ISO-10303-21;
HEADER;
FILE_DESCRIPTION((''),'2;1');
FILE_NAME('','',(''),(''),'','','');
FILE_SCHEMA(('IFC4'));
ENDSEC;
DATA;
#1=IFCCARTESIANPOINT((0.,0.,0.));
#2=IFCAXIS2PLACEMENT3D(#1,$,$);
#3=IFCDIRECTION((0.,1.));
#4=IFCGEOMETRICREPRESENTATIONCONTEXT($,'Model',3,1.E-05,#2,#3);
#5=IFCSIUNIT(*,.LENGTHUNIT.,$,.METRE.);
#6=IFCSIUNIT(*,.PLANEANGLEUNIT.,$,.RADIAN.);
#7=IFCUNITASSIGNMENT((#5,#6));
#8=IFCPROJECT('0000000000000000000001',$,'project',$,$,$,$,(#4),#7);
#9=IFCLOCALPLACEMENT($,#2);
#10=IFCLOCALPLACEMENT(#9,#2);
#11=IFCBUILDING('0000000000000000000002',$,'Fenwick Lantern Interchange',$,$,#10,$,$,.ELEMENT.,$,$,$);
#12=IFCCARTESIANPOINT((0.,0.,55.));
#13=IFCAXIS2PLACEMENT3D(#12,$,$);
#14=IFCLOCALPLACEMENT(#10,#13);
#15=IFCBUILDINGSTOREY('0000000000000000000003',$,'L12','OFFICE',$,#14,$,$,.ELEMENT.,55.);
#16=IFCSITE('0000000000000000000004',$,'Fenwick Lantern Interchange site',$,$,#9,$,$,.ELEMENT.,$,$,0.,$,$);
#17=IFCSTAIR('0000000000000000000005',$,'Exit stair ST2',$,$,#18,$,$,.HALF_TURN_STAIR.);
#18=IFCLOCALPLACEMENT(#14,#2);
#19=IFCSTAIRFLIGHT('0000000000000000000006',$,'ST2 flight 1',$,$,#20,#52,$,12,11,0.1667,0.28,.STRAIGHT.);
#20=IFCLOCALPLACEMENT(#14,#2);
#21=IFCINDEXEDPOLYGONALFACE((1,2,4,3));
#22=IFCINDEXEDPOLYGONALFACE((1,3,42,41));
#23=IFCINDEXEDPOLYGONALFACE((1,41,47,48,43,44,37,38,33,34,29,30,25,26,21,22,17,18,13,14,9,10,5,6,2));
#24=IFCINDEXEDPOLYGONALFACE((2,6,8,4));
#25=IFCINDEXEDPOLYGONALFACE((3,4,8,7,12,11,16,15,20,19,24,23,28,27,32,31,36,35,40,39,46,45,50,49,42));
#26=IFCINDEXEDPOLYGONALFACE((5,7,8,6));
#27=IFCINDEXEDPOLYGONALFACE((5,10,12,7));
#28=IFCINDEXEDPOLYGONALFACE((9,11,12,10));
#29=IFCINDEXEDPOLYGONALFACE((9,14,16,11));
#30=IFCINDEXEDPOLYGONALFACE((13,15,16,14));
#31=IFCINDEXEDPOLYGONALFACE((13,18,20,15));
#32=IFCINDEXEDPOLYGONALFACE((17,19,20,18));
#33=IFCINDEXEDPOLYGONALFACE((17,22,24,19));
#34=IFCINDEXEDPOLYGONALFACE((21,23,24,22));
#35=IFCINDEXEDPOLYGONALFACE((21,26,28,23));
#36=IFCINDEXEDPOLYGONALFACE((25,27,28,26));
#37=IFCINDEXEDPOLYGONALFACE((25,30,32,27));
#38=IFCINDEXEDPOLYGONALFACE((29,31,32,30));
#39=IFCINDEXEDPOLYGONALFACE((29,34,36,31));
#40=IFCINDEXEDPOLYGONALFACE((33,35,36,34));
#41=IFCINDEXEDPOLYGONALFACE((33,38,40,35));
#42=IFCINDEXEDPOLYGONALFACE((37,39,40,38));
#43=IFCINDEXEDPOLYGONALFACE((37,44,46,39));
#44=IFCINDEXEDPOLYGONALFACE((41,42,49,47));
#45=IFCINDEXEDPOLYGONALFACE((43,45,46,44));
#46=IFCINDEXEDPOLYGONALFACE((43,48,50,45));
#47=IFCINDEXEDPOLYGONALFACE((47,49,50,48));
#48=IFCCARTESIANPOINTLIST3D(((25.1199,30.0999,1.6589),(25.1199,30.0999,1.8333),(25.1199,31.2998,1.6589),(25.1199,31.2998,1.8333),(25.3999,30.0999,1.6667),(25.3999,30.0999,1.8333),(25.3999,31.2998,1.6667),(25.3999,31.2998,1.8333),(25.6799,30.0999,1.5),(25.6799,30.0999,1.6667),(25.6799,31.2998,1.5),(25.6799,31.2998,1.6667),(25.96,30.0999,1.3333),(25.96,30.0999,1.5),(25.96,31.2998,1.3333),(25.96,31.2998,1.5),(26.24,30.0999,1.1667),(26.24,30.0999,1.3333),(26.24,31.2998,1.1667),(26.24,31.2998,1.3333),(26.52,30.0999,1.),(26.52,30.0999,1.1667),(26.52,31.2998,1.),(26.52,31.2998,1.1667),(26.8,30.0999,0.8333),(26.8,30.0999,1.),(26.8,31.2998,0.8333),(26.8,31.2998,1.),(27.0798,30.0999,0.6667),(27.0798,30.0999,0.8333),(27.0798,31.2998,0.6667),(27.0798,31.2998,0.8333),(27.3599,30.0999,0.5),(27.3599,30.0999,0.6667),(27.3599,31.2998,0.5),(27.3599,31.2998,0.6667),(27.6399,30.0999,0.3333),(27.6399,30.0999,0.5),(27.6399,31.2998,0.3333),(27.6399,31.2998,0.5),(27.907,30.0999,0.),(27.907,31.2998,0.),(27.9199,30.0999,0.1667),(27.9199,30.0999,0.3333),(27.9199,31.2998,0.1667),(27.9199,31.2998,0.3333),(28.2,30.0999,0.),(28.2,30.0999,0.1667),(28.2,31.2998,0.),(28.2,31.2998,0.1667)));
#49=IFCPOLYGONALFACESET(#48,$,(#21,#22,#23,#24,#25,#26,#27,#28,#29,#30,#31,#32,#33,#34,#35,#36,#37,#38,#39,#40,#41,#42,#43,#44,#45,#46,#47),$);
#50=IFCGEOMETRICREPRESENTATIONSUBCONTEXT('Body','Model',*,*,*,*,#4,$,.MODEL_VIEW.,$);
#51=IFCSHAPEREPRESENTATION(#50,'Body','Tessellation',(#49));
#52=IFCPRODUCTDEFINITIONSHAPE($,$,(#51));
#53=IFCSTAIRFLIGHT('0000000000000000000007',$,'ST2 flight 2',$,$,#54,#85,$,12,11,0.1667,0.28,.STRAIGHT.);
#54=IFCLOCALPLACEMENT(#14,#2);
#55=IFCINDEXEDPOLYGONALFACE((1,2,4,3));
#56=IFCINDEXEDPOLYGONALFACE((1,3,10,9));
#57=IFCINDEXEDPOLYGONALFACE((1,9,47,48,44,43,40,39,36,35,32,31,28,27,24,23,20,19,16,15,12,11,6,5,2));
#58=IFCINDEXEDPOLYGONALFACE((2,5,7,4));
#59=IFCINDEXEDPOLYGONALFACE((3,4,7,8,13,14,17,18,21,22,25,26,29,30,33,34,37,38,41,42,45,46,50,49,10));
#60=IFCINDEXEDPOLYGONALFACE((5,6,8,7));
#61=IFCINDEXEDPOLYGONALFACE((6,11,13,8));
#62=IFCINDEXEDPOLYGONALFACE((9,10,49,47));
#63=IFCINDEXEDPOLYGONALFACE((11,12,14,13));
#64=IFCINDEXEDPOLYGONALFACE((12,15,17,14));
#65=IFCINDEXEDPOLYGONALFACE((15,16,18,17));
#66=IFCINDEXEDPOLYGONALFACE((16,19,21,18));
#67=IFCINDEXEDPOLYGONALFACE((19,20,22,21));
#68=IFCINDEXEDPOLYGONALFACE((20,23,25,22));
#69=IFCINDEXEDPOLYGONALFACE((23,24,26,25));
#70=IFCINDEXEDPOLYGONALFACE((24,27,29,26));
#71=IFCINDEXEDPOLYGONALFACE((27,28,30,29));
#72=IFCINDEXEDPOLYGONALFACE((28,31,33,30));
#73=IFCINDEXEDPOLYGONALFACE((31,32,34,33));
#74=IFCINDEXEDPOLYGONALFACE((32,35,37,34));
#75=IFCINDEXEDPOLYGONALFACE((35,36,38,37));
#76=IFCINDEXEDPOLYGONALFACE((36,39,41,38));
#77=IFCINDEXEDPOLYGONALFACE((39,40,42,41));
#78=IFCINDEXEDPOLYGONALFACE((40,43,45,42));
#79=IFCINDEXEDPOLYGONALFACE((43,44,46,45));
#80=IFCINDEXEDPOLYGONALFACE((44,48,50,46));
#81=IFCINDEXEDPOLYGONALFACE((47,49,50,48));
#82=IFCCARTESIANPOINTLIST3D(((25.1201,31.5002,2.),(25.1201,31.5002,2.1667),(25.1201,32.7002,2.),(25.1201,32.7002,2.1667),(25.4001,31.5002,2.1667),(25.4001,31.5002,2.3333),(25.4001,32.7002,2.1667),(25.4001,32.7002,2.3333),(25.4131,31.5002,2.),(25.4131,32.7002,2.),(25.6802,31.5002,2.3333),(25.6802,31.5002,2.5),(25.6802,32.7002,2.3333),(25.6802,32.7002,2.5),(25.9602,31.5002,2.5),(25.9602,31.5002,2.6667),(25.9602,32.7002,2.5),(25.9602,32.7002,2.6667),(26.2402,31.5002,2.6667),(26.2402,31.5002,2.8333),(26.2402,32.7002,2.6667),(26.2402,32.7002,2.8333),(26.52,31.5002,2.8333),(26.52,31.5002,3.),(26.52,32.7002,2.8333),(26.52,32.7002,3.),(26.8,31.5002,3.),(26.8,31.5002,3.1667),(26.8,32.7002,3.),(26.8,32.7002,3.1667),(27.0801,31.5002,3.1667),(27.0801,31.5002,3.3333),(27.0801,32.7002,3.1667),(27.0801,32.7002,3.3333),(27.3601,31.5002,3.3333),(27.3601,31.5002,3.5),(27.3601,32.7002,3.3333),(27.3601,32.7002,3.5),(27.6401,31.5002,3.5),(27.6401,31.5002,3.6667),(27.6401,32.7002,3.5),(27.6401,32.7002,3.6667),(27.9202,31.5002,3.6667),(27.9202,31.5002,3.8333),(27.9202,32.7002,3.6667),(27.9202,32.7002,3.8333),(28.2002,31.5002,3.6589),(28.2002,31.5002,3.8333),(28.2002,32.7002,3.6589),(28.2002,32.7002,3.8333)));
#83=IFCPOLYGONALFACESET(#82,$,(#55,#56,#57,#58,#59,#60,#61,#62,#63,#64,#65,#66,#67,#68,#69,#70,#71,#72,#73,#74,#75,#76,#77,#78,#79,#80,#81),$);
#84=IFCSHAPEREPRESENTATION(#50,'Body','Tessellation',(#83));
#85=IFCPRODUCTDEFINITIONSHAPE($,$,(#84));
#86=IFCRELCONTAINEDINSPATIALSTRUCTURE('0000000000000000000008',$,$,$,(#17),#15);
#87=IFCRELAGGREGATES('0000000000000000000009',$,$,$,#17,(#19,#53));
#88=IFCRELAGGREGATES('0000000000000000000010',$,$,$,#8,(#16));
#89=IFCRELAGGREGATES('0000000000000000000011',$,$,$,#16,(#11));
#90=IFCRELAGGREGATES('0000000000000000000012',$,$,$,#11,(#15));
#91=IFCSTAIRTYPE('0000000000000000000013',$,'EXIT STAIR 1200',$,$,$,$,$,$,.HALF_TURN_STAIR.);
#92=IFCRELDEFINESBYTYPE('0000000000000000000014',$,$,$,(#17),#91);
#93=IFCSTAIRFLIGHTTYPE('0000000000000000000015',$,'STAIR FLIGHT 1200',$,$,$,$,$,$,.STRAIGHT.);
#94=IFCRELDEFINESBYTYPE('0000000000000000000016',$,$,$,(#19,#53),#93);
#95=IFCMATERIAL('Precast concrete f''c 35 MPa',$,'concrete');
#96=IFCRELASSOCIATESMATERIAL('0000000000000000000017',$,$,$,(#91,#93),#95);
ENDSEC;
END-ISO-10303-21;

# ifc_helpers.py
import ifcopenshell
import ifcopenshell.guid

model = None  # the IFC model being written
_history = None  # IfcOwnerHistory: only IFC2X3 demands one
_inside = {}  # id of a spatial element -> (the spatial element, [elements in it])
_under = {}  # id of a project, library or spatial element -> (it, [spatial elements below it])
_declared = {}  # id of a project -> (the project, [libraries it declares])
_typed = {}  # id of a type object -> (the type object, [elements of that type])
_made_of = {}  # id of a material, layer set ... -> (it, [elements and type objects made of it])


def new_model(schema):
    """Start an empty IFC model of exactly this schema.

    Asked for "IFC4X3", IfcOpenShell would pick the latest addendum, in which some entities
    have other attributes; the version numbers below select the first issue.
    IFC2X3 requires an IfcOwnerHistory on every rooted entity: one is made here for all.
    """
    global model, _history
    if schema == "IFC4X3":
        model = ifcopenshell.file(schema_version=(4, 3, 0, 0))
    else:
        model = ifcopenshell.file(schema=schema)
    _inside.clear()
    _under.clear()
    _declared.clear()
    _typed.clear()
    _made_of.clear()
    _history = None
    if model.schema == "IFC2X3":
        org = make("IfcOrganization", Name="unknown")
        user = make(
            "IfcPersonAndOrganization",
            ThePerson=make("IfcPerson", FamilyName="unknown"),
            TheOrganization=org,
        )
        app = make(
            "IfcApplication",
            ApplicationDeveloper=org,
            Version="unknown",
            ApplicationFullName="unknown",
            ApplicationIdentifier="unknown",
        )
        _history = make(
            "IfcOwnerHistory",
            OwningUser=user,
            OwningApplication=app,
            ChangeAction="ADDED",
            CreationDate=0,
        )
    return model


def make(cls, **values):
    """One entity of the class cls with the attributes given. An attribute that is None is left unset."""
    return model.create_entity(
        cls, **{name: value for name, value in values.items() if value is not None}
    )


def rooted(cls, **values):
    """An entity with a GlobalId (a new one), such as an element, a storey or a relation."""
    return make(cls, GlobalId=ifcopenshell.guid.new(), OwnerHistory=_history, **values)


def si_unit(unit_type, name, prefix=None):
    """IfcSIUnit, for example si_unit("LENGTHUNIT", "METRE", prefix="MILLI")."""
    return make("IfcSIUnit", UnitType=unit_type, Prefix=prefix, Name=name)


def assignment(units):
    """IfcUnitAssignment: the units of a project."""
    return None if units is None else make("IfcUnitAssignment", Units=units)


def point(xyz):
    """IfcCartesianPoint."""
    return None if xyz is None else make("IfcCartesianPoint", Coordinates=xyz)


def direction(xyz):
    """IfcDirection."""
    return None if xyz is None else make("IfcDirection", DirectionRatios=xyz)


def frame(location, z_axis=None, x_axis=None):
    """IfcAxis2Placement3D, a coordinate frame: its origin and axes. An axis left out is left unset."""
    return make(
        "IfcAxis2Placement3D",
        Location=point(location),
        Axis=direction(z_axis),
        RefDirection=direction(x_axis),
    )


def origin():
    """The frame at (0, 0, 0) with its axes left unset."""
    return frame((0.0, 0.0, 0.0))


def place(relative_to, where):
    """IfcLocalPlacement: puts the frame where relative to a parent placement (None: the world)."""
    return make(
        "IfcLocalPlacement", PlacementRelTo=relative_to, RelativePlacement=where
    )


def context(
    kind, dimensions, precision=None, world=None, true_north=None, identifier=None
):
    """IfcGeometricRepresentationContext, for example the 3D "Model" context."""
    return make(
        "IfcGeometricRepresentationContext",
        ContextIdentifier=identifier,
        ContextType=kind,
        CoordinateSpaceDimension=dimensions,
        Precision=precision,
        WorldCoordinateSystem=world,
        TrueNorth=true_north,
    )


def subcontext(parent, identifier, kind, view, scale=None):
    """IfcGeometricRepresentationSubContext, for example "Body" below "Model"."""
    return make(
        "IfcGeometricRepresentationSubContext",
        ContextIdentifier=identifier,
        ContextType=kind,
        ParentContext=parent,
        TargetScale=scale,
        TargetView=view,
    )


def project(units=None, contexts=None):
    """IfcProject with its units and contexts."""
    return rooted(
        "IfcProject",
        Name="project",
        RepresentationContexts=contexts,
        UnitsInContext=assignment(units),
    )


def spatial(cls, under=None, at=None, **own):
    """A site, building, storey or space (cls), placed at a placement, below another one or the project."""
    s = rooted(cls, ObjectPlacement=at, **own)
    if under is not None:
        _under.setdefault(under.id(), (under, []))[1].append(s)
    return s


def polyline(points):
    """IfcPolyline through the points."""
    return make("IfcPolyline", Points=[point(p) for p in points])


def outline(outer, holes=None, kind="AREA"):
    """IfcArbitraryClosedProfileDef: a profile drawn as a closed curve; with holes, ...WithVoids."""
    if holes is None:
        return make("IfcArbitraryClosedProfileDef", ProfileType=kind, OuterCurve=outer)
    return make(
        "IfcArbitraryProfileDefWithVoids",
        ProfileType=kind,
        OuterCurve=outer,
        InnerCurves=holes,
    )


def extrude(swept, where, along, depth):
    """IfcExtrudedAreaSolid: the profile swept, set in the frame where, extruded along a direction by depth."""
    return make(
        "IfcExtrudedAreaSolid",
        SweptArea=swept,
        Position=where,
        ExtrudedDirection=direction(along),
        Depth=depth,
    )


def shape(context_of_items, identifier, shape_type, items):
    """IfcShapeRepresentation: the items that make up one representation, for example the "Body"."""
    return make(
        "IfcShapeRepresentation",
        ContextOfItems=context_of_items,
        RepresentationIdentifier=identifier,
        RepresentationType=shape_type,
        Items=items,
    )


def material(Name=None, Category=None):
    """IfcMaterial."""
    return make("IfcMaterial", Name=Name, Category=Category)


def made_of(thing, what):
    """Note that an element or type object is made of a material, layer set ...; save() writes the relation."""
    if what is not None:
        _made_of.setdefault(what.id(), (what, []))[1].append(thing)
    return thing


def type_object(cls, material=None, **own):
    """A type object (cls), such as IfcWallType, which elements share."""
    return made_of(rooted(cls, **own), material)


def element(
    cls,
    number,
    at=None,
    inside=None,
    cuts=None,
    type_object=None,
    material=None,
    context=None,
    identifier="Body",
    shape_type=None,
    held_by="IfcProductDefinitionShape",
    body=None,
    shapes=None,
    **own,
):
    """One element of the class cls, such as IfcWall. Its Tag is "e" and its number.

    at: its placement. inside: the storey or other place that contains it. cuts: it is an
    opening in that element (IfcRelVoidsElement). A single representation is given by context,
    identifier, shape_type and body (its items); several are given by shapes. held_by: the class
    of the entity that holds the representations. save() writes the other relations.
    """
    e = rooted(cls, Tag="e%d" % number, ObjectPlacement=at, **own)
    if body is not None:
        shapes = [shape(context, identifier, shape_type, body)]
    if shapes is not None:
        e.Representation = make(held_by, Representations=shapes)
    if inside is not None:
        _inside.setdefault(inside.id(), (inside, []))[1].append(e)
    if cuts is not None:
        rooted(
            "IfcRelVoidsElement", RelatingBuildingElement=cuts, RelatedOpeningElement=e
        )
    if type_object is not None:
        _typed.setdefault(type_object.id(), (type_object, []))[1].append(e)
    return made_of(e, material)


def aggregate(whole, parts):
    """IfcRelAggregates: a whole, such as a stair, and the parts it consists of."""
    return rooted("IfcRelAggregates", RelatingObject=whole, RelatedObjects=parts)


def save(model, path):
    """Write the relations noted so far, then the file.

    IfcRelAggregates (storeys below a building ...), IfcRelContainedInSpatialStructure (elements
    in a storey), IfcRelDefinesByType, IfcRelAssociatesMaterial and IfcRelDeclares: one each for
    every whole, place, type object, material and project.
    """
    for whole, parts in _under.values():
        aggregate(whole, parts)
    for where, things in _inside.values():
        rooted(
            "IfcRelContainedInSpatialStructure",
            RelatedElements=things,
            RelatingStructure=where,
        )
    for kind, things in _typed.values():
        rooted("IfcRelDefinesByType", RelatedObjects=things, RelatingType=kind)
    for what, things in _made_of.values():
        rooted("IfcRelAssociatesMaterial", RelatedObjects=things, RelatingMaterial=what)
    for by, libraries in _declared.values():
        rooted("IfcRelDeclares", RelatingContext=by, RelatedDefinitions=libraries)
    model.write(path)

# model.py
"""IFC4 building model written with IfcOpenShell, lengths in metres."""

from ifc_helpers import new_model, si_unit, direction, frame, origin, place, context, subcontext, project, spatial, polyline, outline, extrude, material, type_object, element, aggregate, save


model = new_model("IFC4")

# Units and contexts
model_context = context("Model", 3, precision=1e-05, world=origin(), true_north=direction((0.0, 1.0)))
body_context = subcontext(model_context, "Body", "Model", "MODEL_VIEW")
ifc_project = project(units=[si_unit("LENGTHUNIT", "METRE"), si_unit("PLANEANGLEUNIT", "RADIAN")], contexts=[model_context])

# Site, building, storey
site_placement = place(None, origin())
site = spatial("IfcSite", under=ifc_project, at=site_placement, Name="Fenwick Lantern Interchange site", CompositionType="ELEMENT", RefElevation=0.0)
building_placement = place(site_placement, origin())
building = spatial("IfcBuilding", under=site, at=building_placement, Name="Fenwick Lantern Interchange", CompositionType="ELEMENT")
storey_placement = place(building_placement, frame((0.0, 0.0, 55.0)))
storey = spatial("IfcBuildingStorey", under=building, at=storey_placement, Name="L12", Description="OFFICE", CompositionType="ELEMENT", Elevation=55.0)

# Stair, stair flights
ifc_material_1 = material(Name="Precast concrete f'c 35 MPa", Category="concrete")
stair_type = type_object("IfcStairType", Name="EXIT STAIR 1200", PredefinedType="HALF_TURN_STAIR", material=ifc_material_1)
stair_placement = place(storey_placement, origin())
stair = element("IfcStair", 1, at=stair_placement, inside=storey, type_object=stair_type, Name="Exit stair ST2", PredefinedType="HALF_TURN_STAIR")
stair_flight_type = type_object("IfcStairFlightType", Name="STAIR FLIGHT 1200", PredefinedType="STRAIGHT", material=ifc_material_1)
stair_flight_1_placement = place(storey_placement, frame((28.2, 30.7, 0.0), z_axis=(0.0, 0.0, 1.0), x_axis=(-1.0, 0.0, 0.0)))
stair_flight_1 = element("IfcStairFlight", 2, at=stair_flight_1_placement, type_object=stair_flight_type, Name="ST2 flight 1", NumberOfRisers=12, NumberOfTreads=11, PredefinedType="STRAIGHT", RiserHeight=0.1667, TreadLength=0.28, context=body_context, shape_type="SweptSolid", body=[
    extrude(outline(polyline([(0.0, 0.0), (0.0, 0.1667), (0.28, 0.1667), (0.28, 0.3333), (0.5601, 0.3333), (0.5601, 0.5), (0.8401, 0.5), (0.8401, 0.6667), (1.1201, 0.6667), (1.1201, 0.8333), (1.3999, 0.8333), (1.3999, 1.0), (1.6799, 1.0), (1.6799, 1.1667), (1.96, 1.1667), (1.96, 1.3333), (2.24, 1.3333), (2.24, 1.5), (2.52, 1.5), (2.52, 1.6667), (2.8, 1.6667), (2.8, 1.8333), (3.0801, 1.8333), (3.0801, 2.0), (3.0801, 1.6589), (0.293, 0.0), (0.0, 0.0)])), frame((0.0, 0.6001, 0.0), z_axis=(0.0, -1.0, 0.0), x_axis=(1.0, 0.0, 0.0)), (0.0, 0.0, 1.0), 1.2),
])
stair_flight_2_placement = place(storey_placement, frame((25.1201, 32.1001, 2.0), z_axis=(0.0, 0.0, 1.0), x_axis=(1.0, 0.0, 0.0)))
stair_flight_2 = element("IfcStairFlight", 3, at=stair_flight_2_placement, type_object=stair_flight_type, Name="ST2 flight 2", NumberOfRisers=12, NumberOfTreads=11, PredefinedType="STRAIGHT", RiserHeight=0.1667, TreadLength=0.28, context=body_context, shape_type="SweptSolid", body=[
    extrude(outline(polyline([(0.0, 0.0), (0.0, 0.1667), (0.28, 0.1667), (0.28, 0.3333), (0.5601, 0.3333), (0.5601, 0.5), (0.8401, 0.5), (0.8401, 0.6667), (1.1201, 0.6667), (1.1201, 0.8333), (1.3999, 0.8333), (1.3999, 1.0), (1.6799, 1.0), (1.6799, 1.1667), (1.96, 1.1667), (1.96, 1.3333), (2.24, 1.3333), (2.24, 1.5), (2.52, 1.5), (2.52, 1.6667), (2.8, 1.6667), (2.8, 1.8333), (3.0801, 1.8333), (3.0801, 2.0), (3.0801, 1.6589), (0.293, 0.0), (0.0, 0.0)])), frame((0.0, 0.6001, 0.0), z_axis=(0.0, -1.0, 0.0), x_axis=(1.0, 0.0, 0.0)), (0.0, 0.0, 1.0), 1.2),
])
aggregate(stair, [stair_flight_1, stair_flight_2])

save(model, "model.ifc")
